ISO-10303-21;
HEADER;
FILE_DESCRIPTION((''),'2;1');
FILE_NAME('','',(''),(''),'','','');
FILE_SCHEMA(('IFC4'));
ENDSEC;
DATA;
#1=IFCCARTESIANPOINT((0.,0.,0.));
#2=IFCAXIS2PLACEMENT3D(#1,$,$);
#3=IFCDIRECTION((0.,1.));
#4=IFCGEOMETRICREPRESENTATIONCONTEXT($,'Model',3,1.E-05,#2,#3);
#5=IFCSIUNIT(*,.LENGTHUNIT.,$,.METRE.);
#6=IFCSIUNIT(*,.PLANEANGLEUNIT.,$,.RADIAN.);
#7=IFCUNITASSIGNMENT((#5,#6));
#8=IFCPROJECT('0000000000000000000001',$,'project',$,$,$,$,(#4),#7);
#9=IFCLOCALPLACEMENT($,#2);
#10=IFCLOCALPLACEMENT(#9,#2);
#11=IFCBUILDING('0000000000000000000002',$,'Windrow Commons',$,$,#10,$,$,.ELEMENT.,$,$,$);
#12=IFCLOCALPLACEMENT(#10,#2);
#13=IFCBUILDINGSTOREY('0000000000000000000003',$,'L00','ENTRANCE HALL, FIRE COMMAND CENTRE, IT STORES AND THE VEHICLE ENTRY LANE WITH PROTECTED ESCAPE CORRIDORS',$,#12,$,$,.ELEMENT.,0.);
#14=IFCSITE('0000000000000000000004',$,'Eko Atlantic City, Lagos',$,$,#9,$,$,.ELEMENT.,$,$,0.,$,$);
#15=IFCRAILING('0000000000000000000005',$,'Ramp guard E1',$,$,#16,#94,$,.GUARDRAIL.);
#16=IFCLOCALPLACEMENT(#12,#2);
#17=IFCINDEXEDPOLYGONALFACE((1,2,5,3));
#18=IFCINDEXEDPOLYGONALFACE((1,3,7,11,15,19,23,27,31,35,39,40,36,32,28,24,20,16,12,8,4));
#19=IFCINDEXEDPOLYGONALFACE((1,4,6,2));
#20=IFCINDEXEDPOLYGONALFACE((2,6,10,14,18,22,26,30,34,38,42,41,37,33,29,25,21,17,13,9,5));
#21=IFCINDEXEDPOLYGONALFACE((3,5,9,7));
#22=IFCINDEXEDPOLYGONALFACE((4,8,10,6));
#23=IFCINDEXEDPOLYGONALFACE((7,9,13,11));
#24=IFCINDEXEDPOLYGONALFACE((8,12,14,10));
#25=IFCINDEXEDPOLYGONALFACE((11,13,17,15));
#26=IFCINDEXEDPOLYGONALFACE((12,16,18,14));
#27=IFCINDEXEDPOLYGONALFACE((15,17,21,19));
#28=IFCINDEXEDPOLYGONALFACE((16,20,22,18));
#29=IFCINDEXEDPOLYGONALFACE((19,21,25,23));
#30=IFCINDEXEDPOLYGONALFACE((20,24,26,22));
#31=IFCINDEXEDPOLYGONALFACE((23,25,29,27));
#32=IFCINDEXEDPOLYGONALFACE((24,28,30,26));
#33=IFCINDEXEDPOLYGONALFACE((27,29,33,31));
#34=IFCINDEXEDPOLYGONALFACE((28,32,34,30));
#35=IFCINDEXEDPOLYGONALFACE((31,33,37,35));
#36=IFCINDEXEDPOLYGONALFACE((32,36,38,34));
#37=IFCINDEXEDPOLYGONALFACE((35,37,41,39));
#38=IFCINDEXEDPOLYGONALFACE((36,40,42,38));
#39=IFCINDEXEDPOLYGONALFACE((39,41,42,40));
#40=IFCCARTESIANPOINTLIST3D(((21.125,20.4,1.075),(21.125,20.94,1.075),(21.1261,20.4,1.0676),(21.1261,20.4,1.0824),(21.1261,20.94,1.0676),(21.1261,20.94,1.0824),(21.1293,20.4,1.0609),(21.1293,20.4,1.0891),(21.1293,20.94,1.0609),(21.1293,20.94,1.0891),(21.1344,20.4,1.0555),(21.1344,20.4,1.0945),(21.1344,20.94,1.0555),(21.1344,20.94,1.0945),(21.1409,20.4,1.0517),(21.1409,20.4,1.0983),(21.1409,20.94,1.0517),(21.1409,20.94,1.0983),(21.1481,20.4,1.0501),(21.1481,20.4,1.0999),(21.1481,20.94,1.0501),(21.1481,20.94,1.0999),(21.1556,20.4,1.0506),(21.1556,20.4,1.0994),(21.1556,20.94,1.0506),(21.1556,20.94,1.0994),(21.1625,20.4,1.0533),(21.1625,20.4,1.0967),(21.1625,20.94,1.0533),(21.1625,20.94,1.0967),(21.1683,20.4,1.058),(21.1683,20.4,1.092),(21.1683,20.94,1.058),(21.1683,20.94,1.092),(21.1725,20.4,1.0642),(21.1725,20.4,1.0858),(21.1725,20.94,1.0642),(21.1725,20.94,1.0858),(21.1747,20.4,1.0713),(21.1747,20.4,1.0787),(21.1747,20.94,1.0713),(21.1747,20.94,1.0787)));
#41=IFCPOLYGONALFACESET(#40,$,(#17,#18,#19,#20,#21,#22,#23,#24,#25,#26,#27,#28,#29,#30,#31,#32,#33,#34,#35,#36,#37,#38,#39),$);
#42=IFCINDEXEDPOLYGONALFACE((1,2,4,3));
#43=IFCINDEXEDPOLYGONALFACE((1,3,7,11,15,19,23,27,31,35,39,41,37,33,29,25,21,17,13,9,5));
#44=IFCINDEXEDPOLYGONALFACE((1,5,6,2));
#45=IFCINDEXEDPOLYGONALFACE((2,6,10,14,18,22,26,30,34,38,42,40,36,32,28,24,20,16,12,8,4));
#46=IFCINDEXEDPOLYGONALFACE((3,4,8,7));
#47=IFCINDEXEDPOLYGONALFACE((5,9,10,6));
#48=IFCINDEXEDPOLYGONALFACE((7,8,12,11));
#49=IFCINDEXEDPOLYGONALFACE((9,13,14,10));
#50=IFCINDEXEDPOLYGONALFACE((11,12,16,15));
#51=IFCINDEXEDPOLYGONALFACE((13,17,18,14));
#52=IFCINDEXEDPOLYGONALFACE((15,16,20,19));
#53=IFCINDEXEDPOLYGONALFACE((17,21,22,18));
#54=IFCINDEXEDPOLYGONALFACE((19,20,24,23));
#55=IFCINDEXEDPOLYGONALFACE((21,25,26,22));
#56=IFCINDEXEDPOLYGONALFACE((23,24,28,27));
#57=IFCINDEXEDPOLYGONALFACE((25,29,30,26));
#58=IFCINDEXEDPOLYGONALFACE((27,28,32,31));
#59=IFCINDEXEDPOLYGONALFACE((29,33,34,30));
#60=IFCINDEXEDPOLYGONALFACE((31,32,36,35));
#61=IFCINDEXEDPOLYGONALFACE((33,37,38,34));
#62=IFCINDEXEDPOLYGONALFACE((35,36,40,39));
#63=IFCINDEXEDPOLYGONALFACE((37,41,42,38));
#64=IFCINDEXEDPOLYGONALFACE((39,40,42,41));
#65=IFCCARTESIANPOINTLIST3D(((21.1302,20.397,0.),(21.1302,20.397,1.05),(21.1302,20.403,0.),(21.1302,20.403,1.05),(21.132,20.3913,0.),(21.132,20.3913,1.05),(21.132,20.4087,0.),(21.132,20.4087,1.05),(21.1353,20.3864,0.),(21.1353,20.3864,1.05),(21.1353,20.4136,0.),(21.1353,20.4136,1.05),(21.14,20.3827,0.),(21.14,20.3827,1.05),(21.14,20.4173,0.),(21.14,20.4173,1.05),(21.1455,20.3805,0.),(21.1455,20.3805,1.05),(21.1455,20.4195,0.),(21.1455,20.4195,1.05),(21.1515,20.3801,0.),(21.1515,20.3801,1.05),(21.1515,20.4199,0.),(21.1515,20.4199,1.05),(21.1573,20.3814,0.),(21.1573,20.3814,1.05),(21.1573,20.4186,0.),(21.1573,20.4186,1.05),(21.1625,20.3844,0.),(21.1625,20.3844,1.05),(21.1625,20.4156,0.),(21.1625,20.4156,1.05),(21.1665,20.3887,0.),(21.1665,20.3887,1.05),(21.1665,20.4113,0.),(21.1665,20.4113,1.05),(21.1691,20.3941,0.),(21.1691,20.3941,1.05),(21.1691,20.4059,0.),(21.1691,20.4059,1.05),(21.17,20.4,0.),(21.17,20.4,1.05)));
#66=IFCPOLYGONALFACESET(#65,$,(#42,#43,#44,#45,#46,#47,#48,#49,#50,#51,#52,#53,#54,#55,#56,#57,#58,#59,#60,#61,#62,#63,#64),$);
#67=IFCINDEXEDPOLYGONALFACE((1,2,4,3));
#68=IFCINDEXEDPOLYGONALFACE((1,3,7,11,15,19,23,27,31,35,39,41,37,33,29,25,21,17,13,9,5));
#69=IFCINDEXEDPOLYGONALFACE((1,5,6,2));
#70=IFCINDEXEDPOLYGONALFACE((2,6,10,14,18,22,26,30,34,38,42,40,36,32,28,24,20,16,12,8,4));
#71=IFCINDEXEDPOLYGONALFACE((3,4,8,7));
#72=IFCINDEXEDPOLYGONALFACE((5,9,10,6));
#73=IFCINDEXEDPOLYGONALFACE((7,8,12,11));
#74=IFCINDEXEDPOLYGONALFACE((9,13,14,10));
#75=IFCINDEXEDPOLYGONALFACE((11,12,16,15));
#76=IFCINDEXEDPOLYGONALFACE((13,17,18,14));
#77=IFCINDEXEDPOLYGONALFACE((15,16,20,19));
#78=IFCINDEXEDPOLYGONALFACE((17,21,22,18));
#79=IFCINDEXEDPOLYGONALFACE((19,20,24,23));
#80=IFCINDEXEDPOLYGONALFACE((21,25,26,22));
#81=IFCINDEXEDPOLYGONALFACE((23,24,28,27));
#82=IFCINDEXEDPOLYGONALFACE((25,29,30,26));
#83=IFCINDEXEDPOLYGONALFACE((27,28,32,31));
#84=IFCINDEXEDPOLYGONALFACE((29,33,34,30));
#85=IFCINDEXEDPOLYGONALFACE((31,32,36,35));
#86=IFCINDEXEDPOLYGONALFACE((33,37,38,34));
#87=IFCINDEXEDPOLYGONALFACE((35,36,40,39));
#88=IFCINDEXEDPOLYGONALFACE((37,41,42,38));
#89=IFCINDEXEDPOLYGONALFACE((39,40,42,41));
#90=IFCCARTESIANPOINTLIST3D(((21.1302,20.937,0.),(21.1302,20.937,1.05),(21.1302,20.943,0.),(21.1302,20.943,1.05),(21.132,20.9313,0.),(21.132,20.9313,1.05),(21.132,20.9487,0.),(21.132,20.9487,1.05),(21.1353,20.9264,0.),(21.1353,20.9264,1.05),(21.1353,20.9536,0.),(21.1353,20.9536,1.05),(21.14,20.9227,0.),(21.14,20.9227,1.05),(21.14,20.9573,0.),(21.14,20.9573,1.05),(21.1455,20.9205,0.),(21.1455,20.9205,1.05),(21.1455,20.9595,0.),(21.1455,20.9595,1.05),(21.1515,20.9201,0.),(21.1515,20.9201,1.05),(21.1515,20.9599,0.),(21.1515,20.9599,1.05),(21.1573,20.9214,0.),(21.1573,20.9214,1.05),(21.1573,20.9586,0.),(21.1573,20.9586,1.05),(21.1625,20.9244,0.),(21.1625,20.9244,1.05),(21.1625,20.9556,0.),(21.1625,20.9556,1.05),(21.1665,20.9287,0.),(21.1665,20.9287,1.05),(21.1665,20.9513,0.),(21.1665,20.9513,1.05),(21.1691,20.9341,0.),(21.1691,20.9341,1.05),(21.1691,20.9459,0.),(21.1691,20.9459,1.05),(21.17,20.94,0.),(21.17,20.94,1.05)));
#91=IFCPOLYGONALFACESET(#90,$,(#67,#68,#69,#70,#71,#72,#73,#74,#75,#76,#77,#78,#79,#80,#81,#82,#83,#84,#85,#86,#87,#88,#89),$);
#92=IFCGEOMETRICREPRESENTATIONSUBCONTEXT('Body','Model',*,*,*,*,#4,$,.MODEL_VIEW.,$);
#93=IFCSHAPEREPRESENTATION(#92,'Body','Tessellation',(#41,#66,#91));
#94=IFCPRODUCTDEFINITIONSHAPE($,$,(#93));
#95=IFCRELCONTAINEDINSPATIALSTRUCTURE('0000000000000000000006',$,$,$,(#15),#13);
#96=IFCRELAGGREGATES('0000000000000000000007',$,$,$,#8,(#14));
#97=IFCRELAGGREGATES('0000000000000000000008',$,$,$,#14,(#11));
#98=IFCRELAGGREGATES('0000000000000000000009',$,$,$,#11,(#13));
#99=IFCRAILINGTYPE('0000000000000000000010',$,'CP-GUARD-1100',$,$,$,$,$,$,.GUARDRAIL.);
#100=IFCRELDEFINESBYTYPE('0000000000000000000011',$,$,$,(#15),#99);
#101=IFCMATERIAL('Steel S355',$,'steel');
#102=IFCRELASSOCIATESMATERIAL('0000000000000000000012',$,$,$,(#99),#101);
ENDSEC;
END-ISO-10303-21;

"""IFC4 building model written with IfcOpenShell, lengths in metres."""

from ifc_helpers import new_model, si_unit, direction, frame, origin, origin_2d, place, context, subcontext, project, spatial, circle, extrude, material, type_object, element, save


model = new_model("IFC4")

# Units and contexts
model_context = context("Model", 3, precision=1e-05, world=origin(), true_north=direction((0.0, 1.0)))
body_context = subcontext(model_context, "Body", "Model", "MODEL_VIEW")
ifc_project = project(units=[si_unit("LENGTHUNIT", "METRE"), si_unit("PLANEANGLEUNIT", "RADIAN")], contexts=[model_context])

# Site, building, storey
site_placement = place(None, origin())
site = spatial("IfcSite", under=ifc_project, at=site_placement, Name="Eko Atlantic City, Lagos", CompositionType="ELEMENT", RefElevation=0.0)
building_placement = place(site_placement, origin())
building = spatial("IfcBuilding", under=site, at=building_placement, Name="Windrow Commons", CompositionType="ELEMENT")
storey_placement = place(building_placement, origin())
storey = spatial("IfcBuildingStorey", under=building, at=storey_placement, Name="L00", Description="ENTRANCE HALL, FIRE COMMAND CENTRE, IT STORES AND THE VEHICLE ENTRY LANE WITH PROTECTED ESCAPE CORRIDORS", CompositionType="ELEMENT", Elevation=0.0)

# Railing
ifc_material_1 = material(Name="Steel S355", Category="steel")
railing_type_1 = type_object("IfcRailingType", Name="CP-GUARD-1100", PredefinedType="GUARDRAIL", material=ifc_material_1)
railing_1_placement = place(storey_placement, frame((21.15, 20.4, 0.0)))
element("IfcRailing", 1, at=railing_1_placement, inside=storey, type_object=railing_type_1, Name="Ramp guard E1", PredefinedType="GUARDRAIL", context=body_context, shape_type="SweptSolid", body=[
    extrude(circle(Radius=0.025, at=origin_2d()), frame((0.0, 0.0, 1.075), z_axis=(0.0, 1.0, 0.0), x_axis=(-1.0, 0.0, 0.0)), (0.0, 0.0, 1.0), 0.54),
    extrude(circle(Radius=0.02, at=origin_2d()), origin(), (0.0, 0.0, 1.0), 1.05),
    extrude(circle(Radius=0.02, at=origin_2d()), frame((0.0, 0.54, 0.0)), (0.0, 0.0, 1.0), 1.05),
])

save(model, "model.ifc")
